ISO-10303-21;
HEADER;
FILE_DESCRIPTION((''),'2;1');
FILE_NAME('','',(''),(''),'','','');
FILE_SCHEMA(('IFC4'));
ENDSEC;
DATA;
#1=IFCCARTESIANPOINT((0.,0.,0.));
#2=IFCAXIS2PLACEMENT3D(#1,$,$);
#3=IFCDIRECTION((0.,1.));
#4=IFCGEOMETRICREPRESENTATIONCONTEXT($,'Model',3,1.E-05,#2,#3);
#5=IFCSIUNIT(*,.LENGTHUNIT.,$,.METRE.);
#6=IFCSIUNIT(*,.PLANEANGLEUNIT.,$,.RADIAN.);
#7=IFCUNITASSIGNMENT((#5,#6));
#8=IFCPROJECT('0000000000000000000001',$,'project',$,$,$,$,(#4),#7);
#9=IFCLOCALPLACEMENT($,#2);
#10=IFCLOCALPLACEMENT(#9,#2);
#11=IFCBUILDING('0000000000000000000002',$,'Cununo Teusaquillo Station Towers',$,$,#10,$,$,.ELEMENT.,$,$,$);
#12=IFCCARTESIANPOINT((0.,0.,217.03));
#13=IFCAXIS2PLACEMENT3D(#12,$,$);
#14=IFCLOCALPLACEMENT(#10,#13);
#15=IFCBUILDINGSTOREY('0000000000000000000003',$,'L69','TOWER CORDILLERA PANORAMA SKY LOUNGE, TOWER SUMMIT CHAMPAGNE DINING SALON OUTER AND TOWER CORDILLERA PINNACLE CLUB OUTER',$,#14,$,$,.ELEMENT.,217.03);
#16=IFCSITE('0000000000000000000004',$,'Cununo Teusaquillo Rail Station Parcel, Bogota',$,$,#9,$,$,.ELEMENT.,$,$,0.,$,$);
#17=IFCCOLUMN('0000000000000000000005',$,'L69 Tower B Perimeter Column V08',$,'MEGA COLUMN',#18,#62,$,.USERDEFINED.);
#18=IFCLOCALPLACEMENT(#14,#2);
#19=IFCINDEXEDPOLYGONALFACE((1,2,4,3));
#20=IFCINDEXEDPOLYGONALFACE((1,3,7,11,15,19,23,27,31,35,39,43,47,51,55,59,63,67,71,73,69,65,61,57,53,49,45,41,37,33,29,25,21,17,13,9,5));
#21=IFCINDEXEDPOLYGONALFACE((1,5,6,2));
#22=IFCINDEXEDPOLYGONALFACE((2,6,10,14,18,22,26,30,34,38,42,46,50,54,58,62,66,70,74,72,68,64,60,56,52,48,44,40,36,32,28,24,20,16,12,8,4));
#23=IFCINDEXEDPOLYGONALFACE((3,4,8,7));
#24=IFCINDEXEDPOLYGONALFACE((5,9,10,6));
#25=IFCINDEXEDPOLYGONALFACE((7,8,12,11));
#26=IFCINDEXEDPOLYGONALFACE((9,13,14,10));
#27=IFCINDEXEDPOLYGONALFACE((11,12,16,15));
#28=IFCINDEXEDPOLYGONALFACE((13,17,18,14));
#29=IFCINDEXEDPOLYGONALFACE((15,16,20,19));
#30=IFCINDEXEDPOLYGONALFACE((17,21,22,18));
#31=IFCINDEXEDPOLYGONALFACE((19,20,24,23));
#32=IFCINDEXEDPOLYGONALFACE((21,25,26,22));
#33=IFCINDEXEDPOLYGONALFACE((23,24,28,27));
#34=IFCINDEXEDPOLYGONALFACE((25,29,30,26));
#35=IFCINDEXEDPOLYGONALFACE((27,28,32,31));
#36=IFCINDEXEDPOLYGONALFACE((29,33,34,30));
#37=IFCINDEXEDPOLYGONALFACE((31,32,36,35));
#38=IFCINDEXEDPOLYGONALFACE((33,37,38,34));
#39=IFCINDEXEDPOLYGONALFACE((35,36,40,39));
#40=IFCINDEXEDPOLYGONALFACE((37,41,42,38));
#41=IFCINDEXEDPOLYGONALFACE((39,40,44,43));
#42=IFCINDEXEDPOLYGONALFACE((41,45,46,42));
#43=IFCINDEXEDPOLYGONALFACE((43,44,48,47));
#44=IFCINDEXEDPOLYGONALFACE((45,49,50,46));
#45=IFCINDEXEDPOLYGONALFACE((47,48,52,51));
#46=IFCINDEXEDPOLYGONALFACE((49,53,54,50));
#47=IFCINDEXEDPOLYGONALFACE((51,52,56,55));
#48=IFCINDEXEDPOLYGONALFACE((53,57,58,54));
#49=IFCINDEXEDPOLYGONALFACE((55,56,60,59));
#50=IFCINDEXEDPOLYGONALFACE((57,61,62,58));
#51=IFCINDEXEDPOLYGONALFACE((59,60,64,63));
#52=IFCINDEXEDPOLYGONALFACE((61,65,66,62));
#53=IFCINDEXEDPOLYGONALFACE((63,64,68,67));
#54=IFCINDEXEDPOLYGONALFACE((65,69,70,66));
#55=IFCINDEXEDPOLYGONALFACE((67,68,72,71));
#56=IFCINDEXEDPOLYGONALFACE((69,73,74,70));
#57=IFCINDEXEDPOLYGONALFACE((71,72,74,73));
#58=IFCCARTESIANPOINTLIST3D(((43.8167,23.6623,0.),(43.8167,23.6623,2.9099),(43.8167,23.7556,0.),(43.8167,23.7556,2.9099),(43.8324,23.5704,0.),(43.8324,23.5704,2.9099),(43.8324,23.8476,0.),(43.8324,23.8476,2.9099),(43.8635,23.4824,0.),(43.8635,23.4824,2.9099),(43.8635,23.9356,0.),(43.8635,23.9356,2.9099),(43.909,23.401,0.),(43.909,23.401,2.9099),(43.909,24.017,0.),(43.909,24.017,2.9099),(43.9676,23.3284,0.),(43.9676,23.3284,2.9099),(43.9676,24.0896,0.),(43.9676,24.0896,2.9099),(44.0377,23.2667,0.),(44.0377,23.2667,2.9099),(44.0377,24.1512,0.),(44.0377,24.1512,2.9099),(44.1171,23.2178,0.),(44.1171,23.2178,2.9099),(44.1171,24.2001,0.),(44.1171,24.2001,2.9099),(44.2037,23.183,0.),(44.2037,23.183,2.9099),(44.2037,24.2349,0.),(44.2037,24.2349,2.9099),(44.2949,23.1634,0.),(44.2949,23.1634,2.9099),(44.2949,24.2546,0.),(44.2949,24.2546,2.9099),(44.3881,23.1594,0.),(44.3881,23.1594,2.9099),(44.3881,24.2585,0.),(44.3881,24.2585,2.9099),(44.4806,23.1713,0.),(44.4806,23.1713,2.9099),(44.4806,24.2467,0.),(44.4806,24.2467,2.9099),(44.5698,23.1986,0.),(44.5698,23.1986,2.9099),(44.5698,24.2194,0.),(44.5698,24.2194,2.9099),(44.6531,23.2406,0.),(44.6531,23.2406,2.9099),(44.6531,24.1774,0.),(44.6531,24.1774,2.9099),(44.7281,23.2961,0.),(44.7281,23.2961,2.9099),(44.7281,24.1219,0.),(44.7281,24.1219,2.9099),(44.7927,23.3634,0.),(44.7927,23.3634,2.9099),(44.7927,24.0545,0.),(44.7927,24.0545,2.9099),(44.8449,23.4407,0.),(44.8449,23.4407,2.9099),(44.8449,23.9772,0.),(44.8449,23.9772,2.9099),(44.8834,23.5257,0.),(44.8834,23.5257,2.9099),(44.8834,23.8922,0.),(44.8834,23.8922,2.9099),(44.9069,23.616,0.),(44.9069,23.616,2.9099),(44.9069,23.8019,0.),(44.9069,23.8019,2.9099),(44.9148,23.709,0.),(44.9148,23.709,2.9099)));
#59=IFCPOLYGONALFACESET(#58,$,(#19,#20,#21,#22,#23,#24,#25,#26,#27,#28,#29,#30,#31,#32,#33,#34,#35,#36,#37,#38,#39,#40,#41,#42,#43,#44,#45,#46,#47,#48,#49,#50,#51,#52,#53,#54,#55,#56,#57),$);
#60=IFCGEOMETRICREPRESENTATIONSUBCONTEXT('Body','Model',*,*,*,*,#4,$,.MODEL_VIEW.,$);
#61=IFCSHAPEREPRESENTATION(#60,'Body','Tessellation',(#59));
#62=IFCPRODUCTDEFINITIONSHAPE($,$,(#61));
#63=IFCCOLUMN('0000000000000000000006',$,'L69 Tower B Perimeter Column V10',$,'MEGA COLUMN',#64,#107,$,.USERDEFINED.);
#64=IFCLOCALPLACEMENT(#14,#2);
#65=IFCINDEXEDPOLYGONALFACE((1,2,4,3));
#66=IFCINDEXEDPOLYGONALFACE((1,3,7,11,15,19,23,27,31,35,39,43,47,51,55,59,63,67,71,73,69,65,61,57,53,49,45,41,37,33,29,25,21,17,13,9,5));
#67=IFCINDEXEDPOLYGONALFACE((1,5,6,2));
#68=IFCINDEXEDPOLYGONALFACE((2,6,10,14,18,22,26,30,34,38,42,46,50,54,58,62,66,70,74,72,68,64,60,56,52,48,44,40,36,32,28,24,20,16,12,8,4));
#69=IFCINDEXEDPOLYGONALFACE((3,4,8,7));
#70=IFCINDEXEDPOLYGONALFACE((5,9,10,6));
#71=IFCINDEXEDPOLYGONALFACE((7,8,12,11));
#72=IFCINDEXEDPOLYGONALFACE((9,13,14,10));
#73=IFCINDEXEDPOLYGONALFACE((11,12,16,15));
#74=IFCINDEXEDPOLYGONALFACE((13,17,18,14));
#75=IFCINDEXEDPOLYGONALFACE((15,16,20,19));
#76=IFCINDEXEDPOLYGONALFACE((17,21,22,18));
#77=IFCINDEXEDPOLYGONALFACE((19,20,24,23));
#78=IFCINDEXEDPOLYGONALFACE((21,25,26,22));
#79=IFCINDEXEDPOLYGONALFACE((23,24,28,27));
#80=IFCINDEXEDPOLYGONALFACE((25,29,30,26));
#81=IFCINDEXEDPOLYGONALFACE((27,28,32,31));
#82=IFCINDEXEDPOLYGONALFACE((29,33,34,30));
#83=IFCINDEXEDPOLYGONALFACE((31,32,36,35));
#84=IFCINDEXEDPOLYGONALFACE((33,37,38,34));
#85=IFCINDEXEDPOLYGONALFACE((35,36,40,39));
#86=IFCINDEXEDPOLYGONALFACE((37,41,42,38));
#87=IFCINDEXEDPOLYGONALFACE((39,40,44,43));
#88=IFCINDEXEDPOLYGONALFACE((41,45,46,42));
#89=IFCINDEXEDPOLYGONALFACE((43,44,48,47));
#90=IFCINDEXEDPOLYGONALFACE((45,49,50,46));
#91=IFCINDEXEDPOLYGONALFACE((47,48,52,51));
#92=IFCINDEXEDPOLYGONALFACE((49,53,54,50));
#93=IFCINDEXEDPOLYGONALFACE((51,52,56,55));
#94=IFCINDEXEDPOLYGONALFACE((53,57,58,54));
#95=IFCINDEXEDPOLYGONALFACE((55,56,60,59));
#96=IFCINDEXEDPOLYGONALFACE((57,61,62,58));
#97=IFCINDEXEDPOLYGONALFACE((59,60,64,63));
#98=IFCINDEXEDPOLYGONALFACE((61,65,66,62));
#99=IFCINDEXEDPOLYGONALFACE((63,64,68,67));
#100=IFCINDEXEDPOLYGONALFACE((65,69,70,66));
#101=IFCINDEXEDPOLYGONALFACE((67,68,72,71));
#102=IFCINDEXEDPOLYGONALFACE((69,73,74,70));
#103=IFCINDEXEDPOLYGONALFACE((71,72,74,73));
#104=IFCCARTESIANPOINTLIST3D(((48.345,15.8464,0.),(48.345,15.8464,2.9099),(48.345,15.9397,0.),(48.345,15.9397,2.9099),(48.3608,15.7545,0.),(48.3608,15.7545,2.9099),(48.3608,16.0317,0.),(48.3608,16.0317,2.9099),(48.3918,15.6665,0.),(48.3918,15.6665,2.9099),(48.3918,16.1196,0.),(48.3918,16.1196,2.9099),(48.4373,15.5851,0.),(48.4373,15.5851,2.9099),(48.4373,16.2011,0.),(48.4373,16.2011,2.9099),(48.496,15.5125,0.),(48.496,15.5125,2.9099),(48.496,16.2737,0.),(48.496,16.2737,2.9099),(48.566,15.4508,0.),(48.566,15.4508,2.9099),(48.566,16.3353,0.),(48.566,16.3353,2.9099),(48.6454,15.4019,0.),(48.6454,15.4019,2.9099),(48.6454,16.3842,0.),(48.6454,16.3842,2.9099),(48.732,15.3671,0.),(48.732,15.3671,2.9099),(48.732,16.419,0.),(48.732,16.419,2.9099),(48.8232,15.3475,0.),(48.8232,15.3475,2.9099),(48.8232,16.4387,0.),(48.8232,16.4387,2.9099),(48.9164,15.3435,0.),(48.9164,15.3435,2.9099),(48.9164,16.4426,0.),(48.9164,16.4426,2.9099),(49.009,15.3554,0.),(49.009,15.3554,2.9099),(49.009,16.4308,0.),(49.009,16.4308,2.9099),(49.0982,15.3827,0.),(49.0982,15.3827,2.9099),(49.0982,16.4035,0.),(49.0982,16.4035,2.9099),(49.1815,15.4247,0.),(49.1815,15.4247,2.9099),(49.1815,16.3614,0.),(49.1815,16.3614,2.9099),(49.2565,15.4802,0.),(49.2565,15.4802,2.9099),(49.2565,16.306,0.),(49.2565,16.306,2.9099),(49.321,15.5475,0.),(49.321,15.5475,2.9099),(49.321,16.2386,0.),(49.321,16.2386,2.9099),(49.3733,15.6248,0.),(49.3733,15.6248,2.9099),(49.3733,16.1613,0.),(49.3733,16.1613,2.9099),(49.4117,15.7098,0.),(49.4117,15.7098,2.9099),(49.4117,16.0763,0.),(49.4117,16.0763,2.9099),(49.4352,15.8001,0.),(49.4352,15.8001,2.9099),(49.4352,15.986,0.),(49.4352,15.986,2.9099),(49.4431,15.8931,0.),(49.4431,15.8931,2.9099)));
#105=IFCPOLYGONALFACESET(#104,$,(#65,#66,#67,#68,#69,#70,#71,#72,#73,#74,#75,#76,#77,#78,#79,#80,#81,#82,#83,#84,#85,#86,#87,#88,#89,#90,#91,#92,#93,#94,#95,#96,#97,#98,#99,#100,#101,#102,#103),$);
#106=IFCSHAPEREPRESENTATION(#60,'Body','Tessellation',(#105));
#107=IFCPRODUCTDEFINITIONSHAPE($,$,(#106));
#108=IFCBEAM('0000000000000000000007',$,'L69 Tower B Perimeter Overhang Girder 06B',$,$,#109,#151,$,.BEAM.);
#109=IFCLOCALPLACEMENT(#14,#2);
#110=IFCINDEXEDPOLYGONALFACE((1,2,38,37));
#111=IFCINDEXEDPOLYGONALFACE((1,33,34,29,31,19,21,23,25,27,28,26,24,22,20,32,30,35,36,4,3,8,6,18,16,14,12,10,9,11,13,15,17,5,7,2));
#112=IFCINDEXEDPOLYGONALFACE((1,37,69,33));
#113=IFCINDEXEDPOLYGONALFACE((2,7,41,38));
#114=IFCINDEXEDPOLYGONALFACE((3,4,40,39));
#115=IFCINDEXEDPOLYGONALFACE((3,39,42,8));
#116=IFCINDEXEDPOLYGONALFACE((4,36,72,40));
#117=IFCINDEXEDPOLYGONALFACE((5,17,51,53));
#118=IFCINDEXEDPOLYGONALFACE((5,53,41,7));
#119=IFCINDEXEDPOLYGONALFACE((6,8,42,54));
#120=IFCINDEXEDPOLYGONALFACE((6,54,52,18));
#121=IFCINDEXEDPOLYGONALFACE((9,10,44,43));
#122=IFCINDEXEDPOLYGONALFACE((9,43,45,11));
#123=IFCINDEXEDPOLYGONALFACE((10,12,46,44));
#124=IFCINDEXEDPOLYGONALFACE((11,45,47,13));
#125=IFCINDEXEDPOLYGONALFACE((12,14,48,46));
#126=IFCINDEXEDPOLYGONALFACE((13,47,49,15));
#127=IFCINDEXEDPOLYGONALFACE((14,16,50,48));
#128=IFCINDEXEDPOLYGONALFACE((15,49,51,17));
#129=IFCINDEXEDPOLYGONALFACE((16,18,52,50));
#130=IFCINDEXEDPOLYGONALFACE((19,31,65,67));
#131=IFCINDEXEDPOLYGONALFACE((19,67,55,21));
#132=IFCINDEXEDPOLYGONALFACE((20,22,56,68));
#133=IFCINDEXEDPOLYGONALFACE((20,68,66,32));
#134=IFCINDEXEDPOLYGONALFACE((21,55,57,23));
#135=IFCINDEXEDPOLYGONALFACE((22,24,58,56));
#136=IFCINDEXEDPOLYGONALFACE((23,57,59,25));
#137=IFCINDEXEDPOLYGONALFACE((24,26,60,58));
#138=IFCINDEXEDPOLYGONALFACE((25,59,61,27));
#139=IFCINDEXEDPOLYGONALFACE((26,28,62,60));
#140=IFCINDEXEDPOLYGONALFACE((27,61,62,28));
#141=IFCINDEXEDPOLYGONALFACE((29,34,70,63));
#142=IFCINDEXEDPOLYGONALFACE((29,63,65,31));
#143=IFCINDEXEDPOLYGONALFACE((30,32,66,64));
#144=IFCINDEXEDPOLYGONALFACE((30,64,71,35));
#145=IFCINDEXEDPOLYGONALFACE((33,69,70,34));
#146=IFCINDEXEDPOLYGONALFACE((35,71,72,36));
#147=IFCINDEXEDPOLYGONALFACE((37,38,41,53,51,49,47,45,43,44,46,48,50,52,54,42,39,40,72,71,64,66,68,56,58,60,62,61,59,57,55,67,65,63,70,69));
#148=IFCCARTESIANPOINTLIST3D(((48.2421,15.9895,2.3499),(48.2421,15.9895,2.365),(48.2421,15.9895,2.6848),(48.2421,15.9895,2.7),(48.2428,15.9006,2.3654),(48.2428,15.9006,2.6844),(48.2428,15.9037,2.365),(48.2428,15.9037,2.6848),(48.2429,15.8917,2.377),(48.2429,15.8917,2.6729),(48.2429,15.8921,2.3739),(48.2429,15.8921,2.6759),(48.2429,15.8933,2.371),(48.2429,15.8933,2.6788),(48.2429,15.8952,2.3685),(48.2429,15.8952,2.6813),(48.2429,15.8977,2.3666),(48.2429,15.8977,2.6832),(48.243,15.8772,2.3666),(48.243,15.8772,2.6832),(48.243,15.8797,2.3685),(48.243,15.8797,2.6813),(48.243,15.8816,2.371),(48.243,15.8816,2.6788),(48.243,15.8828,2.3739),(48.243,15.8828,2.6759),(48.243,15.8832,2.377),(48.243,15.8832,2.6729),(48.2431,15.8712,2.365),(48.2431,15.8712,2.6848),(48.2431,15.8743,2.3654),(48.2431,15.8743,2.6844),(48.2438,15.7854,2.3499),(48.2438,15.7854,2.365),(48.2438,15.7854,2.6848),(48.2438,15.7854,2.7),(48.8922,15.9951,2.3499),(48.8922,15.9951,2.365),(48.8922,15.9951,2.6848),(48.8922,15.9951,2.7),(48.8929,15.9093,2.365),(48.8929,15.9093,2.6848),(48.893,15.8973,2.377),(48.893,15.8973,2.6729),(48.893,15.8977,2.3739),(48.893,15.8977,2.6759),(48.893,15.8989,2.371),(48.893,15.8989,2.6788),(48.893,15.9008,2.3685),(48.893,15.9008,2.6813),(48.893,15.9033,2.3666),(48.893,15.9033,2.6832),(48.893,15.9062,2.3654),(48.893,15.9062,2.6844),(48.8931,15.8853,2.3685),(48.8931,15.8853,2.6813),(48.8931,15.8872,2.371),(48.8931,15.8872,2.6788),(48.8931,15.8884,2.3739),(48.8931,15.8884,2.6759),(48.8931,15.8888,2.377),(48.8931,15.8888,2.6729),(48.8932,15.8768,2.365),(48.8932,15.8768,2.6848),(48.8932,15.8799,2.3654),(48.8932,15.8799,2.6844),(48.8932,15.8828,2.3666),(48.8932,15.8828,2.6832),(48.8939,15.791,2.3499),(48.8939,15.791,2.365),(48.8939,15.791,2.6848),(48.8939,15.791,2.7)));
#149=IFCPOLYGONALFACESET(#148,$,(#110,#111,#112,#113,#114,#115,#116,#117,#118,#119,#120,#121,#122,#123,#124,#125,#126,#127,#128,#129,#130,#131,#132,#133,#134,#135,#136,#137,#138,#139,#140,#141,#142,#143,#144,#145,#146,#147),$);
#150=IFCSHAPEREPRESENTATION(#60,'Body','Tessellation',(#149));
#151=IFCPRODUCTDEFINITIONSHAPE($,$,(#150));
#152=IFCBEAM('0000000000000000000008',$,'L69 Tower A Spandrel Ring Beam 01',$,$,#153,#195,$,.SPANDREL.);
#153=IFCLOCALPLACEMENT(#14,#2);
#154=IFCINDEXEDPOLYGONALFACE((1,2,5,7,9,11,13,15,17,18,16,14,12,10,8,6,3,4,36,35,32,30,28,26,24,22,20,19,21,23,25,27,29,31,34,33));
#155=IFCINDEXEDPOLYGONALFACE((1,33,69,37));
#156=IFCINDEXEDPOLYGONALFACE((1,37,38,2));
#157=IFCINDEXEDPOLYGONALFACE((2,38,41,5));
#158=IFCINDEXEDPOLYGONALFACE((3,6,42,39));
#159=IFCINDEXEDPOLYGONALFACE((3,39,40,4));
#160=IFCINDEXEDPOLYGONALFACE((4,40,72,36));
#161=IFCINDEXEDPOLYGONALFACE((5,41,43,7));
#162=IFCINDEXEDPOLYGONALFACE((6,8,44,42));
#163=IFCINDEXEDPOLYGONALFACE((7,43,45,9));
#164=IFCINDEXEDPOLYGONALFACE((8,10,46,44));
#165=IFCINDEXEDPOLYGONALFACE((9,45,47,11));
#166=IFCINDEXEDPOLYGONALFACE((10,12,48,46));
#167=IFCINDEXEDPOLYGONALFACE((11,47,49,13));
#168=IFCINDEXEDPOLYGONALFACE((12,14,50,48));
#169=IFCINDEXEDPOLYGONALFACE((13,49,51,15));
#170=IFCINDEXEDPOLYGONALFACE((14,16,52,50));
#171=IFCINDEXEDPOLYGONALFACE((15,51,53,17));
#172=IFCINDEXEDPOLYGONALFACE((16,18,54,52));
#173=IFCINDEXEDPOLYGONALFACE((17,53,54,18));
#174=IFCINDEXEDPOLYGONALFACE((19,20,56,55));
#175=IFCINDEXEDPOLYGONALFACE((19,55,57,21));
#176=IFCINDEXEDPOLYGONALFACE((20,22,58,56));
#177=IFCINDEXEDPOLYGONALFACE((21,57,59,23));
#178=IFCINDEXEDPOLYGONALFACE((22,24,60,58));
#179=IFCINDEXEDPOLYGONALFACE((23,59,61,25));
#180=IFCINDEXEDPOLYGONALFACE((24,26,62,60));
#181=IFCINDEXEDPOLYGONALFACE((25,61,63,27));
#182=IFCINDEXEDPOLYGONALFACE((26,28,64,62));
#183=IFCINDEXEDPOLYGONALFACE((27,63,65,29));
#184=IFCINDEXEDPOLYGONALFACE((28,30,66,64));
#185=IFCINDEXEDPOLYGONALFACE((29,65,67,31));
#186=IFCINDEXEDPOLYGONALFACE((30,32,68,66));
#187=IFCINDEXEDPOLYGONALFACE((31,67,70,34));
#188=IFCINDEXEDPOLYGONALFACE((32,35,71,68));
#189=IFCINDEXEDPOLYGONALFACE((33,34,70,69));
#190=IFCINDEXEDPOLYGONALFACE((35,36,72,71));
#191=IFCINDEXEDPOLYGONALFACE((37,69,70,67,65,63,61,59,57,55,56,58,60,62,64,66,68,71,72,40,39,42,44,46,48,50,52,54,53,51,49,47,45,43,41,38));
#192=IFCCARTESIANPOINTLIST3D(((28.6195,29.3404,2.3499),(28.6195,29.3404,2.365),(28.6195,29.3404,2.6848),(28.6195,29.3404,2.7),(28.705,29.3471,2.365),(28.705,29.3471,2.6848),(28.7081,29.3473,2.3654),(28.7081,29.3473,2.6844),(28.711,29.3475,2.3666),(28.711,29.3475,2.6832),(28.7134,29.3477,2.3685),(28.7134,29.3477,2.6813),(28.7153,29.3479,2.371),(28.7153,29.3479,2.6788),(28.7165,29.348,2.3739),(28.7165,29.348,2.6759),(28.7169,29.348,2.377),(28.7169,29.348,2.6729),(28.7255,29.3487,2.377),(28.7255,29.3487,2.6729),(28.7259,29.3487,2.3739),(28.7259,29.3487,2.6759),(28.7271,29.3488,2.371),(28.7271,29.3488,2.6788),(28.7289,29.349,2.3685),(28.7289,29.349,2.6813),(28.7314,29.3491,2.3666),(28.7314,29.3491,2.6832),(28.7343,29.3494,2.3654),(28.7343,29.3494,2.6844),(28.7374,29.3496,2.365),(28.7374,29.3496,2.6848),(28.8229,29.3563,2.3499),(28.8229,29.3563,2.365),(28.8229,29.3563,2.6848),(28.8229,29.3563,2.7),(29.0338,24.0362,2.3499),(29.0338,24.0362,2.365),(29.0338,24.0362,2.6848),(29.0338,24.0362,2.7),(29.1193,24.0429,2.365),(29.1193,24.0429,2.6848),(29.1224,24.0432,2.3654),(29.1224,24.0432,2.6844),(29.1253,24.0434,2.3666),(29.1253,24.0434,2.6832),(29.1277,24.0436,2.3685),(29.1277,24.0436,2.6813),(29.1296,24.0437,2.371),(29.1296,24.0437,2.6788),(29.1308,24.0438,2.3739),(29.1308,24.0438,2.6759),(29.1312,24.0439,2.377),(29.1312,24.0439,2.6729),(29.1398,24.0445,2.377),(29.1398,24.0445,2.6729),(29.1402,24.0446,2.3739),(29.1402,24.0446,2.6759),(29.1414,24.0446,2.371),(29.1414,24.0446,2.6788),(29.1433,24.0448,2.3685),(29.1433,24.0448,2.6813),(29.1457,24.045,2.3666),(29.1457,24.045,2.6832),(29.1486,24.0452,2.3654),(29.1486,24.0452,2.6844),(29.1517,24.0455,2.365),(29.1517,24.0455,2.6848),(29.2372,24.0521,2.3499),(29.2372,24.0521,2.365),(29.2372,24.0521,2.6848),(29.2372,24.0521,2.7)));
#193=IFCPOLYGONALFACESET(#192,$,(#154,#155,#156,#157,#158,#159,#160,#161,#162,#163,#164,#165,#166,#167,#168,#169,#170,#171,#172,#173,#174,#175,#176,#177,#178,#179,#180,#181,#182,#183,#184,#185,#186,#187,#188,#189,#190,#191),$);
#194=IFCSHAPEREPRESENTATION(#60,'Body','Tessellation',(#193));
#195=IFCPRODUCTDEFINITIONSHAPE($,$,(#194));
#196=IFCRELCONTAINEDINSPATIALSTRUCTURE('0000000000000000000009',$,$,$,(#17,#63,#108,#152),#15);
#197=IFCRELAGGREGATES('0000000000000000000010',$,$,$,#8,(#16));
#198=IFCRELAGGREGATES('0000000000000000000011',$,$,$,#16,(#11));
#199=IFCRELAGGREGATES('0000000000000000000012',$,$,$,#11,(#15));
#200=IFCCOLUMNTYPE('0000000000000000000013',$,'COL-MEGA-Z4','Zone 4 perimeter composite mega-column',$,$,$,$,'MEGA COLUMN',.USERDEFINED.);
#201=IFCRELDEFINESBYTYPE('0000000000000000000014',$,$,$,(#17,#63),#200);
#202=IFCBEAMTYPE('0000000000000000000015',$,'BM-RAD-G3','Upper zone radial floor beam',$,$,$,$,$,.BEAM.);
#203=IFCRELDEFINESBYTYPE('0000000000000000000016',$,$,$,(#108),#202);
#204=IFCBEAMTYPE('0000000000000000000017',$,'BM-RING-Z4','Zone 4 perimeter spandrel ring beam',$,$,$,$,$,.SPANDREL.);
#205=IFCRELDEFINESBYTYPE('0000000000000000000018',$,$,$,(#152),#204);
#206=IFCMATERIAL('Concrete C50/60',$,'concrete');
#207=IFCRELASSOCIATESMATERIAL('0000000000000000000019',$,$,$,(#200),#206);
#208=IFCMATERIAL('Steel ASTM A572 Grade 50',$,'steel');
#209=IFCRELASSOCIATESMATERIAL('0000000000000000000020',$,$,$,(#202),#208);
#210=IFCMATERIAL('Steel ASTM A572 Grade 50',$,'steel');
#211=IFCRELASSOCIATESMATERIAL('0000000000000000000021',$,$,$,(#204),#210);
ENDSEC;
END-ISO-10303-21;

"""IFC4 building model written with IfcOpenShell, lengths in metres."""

from ifc_helpers import new_model, si_unit, direction, frame, origin, origin_2d, place, context, subcontext, project, spatial, circle, i_section, extrude, material, material_profile, profile_set, type_object, element, save


model = new_model("IFC4")

# Units and contexts
model_context = context("Model", 3, precision=1e-05, world=origin(), true_north=direction((0.0, 1.0)))
body_context = subcontext(model_context, "Body", "Model", "MODEL_VIEW")
ifc_project = project(units=[si_unit("LENGTHUNIT", "METRE"), si_unit("PLANEANGLEUNIT", "RADIAN")], contexts=[model_context])

# Site, building, storey
site_placement = place(None, origin())
site = spatial("IfcSite", under=ifc_project, at=site_placement, Name="Cununo Teusaquillo Rail Station Parcel, Bogota", CompositionType="ELEMENT", RefElevation=0.0)
building_placement = place(site_placement, origin())
building = spatial("IfcBuilding", under=site, at=building_placement, Name="Cununo Teusaquillo Station Towers", CompositionType="ELEMENT")
storey_placement = place(building_placement, frame((0.0, 0.0, 217.03)))
storey = spatial("IfcBuildingStorey", under=building, at=storey_placement, Name="L69", Description="TOWER CORDILLERA PANORAMA SKY LOUNGE, TOWER SUMMIT CHAMPAGNE DINING SALON OUTER AND TOWER CORDILLERA PINNACLE CLUB OUTER", CompositionType="ELEMENT", Elevation=217.03)

# Columns
ifc_material_1 = material(Name="Concrete C50/60", Category="concrete")
ifc_material_profile_1 = material_profile(ifc_material_1, circle(Radius=0.55, at=origin_2d()), Name="RC-CIRC-1100")
ifc_profile_set_1 = profile_set([ifc_material_profile_1], Name="Concrete C50/60")
column_type = type_object("IfcColumnType", Name="COL-MEGA-Z4", Description="Zone 4 perimeter composite mega-column", ElementType="MEGA COLUMN", PredefinedType="USERDEFINED", material=ifc_profile_set_1)
for number, where, z_axis, x_axis, name in (
    (1, (44.3647, 23.709, 0.0), (0.0, 0.0, 1.0), (1.0, 0.0, 0.0), "L69 Tower B Perimeter Column V08"),
    (2, (48.8931, 15.8931, 0.0), (0.0, 0.0, 1.0), (1.0, 0.0, 0.0), "L69 Tower B Perimeter Column V10"),
):
    element("IfcColumn", number, at=place(storey_placement, frame(where, z_axis=z_axis, x_axis=x_axis)), inside=storey, type_object=column_type, Name=name, ObjectType="MEGA COLUMN", PredefinedType="USERDEFINED", context=body_context, shape_type="SweptSolid", body=[
        extrude(circle(Radius=0.55, at=origin_2d()), origin(), (0.0, 0.0, 1.0), 2.9099),
    ])

# Beams
ifc_material_2 = material(Name="Steel ASTM A572 Grade 50", Category="steel")
ifc_material_profile_2 = material_profile(ifc_material_2, i_section(OverallWidth=0.2041, OverallDepth=0.3501, WebThickness=0.0085, FlangeThickness=0.0151, FilletRadius=0.012, at=origin_2d()), Name="W14X48")
ifc_profile_set_2 = profile_set([ifc_material_profile_2], Name="Steel ASTM A572 Grade 50")
beam_type_1 = type_object("IfcBeamType", Name="BM-RAD-G3", Description="Upper zone radial floor beam", PredefinedType="BEAM", material=ifc_profile_set_2)
beam_1_placement = place(storey_placement, frame((48.8931, 15.8931, 2.5249), z_axis=(-0.999963, -0.008637, 0.0), x_axis=(0.008637, -0.999963, 0.0)))
element("IfcBeam", 3, at=beam_1_placement, inside=storey, type_object=beam_type_1, Name="L69 Tower B Perimeter Overhang Girder 06B", PredefinedType="BEAM", context=body_context, shape_type="SweptSolid", body=[
    extrude(i_section(OverallWidth=0.2041, OverallDepth=0.3501, WebThickness=0.0085, FlangeThickness=0.0151, FilletRadius=0.012, at=origin_2d()), origin(), (0.0, 0.0, 1.0), 0.6501),
])
ifc_material_3 = material(Name="Steel ASTM A572 Grade 50", Category="steel")
ifc_material_profile_3 = material_profile(ifc_material_3, i_section(OverallWidth=0.2041, OverallDepth=0.3501, WebThickness=0.0085, FlangeThickness=0.0151, FilletRadius=0.012, at=origin_2d()), Name="W14X48")
ifc_profile_set_3 = profile_set([ifc_material_profile_3], Name="Steel ASTM A572 Grade 50")
beam_type_2 = type_object("IfcBeamType", Name="BM-RING-Z4", Description="Zone 4 perimeter spandrel ring beam", PredefinedType="SPANDREL", material=ifc_profile_set_3)
beam_2_placement = place(storey_placement, frame((29.1355, 24.0442, 2.5249), z_axis=(-0.077872, 0.996963, 0.0), x_axis=(-0.996963, -0.077872, 0.0)))
element("IfcBeam", 4, at=beam_2_placement, inside=storey, type_object=beam_type_2, Name="L69 Tower A Spandrel Ring Beam 01", PredefinedType="SPANDREL", context=body_context, shape_type="SweptSolid", body=[
    extrude(i_section(OverallWidth=0.2041, OverallDepth=0.3501, WebThickness=0.0085, FlangeThickness=0.0151, FilletRadius=0.012, at=origin_2d()), origin(), (0.0, 0.0, 1.0), 5.3203),
])

save(model, "model.ifc")
